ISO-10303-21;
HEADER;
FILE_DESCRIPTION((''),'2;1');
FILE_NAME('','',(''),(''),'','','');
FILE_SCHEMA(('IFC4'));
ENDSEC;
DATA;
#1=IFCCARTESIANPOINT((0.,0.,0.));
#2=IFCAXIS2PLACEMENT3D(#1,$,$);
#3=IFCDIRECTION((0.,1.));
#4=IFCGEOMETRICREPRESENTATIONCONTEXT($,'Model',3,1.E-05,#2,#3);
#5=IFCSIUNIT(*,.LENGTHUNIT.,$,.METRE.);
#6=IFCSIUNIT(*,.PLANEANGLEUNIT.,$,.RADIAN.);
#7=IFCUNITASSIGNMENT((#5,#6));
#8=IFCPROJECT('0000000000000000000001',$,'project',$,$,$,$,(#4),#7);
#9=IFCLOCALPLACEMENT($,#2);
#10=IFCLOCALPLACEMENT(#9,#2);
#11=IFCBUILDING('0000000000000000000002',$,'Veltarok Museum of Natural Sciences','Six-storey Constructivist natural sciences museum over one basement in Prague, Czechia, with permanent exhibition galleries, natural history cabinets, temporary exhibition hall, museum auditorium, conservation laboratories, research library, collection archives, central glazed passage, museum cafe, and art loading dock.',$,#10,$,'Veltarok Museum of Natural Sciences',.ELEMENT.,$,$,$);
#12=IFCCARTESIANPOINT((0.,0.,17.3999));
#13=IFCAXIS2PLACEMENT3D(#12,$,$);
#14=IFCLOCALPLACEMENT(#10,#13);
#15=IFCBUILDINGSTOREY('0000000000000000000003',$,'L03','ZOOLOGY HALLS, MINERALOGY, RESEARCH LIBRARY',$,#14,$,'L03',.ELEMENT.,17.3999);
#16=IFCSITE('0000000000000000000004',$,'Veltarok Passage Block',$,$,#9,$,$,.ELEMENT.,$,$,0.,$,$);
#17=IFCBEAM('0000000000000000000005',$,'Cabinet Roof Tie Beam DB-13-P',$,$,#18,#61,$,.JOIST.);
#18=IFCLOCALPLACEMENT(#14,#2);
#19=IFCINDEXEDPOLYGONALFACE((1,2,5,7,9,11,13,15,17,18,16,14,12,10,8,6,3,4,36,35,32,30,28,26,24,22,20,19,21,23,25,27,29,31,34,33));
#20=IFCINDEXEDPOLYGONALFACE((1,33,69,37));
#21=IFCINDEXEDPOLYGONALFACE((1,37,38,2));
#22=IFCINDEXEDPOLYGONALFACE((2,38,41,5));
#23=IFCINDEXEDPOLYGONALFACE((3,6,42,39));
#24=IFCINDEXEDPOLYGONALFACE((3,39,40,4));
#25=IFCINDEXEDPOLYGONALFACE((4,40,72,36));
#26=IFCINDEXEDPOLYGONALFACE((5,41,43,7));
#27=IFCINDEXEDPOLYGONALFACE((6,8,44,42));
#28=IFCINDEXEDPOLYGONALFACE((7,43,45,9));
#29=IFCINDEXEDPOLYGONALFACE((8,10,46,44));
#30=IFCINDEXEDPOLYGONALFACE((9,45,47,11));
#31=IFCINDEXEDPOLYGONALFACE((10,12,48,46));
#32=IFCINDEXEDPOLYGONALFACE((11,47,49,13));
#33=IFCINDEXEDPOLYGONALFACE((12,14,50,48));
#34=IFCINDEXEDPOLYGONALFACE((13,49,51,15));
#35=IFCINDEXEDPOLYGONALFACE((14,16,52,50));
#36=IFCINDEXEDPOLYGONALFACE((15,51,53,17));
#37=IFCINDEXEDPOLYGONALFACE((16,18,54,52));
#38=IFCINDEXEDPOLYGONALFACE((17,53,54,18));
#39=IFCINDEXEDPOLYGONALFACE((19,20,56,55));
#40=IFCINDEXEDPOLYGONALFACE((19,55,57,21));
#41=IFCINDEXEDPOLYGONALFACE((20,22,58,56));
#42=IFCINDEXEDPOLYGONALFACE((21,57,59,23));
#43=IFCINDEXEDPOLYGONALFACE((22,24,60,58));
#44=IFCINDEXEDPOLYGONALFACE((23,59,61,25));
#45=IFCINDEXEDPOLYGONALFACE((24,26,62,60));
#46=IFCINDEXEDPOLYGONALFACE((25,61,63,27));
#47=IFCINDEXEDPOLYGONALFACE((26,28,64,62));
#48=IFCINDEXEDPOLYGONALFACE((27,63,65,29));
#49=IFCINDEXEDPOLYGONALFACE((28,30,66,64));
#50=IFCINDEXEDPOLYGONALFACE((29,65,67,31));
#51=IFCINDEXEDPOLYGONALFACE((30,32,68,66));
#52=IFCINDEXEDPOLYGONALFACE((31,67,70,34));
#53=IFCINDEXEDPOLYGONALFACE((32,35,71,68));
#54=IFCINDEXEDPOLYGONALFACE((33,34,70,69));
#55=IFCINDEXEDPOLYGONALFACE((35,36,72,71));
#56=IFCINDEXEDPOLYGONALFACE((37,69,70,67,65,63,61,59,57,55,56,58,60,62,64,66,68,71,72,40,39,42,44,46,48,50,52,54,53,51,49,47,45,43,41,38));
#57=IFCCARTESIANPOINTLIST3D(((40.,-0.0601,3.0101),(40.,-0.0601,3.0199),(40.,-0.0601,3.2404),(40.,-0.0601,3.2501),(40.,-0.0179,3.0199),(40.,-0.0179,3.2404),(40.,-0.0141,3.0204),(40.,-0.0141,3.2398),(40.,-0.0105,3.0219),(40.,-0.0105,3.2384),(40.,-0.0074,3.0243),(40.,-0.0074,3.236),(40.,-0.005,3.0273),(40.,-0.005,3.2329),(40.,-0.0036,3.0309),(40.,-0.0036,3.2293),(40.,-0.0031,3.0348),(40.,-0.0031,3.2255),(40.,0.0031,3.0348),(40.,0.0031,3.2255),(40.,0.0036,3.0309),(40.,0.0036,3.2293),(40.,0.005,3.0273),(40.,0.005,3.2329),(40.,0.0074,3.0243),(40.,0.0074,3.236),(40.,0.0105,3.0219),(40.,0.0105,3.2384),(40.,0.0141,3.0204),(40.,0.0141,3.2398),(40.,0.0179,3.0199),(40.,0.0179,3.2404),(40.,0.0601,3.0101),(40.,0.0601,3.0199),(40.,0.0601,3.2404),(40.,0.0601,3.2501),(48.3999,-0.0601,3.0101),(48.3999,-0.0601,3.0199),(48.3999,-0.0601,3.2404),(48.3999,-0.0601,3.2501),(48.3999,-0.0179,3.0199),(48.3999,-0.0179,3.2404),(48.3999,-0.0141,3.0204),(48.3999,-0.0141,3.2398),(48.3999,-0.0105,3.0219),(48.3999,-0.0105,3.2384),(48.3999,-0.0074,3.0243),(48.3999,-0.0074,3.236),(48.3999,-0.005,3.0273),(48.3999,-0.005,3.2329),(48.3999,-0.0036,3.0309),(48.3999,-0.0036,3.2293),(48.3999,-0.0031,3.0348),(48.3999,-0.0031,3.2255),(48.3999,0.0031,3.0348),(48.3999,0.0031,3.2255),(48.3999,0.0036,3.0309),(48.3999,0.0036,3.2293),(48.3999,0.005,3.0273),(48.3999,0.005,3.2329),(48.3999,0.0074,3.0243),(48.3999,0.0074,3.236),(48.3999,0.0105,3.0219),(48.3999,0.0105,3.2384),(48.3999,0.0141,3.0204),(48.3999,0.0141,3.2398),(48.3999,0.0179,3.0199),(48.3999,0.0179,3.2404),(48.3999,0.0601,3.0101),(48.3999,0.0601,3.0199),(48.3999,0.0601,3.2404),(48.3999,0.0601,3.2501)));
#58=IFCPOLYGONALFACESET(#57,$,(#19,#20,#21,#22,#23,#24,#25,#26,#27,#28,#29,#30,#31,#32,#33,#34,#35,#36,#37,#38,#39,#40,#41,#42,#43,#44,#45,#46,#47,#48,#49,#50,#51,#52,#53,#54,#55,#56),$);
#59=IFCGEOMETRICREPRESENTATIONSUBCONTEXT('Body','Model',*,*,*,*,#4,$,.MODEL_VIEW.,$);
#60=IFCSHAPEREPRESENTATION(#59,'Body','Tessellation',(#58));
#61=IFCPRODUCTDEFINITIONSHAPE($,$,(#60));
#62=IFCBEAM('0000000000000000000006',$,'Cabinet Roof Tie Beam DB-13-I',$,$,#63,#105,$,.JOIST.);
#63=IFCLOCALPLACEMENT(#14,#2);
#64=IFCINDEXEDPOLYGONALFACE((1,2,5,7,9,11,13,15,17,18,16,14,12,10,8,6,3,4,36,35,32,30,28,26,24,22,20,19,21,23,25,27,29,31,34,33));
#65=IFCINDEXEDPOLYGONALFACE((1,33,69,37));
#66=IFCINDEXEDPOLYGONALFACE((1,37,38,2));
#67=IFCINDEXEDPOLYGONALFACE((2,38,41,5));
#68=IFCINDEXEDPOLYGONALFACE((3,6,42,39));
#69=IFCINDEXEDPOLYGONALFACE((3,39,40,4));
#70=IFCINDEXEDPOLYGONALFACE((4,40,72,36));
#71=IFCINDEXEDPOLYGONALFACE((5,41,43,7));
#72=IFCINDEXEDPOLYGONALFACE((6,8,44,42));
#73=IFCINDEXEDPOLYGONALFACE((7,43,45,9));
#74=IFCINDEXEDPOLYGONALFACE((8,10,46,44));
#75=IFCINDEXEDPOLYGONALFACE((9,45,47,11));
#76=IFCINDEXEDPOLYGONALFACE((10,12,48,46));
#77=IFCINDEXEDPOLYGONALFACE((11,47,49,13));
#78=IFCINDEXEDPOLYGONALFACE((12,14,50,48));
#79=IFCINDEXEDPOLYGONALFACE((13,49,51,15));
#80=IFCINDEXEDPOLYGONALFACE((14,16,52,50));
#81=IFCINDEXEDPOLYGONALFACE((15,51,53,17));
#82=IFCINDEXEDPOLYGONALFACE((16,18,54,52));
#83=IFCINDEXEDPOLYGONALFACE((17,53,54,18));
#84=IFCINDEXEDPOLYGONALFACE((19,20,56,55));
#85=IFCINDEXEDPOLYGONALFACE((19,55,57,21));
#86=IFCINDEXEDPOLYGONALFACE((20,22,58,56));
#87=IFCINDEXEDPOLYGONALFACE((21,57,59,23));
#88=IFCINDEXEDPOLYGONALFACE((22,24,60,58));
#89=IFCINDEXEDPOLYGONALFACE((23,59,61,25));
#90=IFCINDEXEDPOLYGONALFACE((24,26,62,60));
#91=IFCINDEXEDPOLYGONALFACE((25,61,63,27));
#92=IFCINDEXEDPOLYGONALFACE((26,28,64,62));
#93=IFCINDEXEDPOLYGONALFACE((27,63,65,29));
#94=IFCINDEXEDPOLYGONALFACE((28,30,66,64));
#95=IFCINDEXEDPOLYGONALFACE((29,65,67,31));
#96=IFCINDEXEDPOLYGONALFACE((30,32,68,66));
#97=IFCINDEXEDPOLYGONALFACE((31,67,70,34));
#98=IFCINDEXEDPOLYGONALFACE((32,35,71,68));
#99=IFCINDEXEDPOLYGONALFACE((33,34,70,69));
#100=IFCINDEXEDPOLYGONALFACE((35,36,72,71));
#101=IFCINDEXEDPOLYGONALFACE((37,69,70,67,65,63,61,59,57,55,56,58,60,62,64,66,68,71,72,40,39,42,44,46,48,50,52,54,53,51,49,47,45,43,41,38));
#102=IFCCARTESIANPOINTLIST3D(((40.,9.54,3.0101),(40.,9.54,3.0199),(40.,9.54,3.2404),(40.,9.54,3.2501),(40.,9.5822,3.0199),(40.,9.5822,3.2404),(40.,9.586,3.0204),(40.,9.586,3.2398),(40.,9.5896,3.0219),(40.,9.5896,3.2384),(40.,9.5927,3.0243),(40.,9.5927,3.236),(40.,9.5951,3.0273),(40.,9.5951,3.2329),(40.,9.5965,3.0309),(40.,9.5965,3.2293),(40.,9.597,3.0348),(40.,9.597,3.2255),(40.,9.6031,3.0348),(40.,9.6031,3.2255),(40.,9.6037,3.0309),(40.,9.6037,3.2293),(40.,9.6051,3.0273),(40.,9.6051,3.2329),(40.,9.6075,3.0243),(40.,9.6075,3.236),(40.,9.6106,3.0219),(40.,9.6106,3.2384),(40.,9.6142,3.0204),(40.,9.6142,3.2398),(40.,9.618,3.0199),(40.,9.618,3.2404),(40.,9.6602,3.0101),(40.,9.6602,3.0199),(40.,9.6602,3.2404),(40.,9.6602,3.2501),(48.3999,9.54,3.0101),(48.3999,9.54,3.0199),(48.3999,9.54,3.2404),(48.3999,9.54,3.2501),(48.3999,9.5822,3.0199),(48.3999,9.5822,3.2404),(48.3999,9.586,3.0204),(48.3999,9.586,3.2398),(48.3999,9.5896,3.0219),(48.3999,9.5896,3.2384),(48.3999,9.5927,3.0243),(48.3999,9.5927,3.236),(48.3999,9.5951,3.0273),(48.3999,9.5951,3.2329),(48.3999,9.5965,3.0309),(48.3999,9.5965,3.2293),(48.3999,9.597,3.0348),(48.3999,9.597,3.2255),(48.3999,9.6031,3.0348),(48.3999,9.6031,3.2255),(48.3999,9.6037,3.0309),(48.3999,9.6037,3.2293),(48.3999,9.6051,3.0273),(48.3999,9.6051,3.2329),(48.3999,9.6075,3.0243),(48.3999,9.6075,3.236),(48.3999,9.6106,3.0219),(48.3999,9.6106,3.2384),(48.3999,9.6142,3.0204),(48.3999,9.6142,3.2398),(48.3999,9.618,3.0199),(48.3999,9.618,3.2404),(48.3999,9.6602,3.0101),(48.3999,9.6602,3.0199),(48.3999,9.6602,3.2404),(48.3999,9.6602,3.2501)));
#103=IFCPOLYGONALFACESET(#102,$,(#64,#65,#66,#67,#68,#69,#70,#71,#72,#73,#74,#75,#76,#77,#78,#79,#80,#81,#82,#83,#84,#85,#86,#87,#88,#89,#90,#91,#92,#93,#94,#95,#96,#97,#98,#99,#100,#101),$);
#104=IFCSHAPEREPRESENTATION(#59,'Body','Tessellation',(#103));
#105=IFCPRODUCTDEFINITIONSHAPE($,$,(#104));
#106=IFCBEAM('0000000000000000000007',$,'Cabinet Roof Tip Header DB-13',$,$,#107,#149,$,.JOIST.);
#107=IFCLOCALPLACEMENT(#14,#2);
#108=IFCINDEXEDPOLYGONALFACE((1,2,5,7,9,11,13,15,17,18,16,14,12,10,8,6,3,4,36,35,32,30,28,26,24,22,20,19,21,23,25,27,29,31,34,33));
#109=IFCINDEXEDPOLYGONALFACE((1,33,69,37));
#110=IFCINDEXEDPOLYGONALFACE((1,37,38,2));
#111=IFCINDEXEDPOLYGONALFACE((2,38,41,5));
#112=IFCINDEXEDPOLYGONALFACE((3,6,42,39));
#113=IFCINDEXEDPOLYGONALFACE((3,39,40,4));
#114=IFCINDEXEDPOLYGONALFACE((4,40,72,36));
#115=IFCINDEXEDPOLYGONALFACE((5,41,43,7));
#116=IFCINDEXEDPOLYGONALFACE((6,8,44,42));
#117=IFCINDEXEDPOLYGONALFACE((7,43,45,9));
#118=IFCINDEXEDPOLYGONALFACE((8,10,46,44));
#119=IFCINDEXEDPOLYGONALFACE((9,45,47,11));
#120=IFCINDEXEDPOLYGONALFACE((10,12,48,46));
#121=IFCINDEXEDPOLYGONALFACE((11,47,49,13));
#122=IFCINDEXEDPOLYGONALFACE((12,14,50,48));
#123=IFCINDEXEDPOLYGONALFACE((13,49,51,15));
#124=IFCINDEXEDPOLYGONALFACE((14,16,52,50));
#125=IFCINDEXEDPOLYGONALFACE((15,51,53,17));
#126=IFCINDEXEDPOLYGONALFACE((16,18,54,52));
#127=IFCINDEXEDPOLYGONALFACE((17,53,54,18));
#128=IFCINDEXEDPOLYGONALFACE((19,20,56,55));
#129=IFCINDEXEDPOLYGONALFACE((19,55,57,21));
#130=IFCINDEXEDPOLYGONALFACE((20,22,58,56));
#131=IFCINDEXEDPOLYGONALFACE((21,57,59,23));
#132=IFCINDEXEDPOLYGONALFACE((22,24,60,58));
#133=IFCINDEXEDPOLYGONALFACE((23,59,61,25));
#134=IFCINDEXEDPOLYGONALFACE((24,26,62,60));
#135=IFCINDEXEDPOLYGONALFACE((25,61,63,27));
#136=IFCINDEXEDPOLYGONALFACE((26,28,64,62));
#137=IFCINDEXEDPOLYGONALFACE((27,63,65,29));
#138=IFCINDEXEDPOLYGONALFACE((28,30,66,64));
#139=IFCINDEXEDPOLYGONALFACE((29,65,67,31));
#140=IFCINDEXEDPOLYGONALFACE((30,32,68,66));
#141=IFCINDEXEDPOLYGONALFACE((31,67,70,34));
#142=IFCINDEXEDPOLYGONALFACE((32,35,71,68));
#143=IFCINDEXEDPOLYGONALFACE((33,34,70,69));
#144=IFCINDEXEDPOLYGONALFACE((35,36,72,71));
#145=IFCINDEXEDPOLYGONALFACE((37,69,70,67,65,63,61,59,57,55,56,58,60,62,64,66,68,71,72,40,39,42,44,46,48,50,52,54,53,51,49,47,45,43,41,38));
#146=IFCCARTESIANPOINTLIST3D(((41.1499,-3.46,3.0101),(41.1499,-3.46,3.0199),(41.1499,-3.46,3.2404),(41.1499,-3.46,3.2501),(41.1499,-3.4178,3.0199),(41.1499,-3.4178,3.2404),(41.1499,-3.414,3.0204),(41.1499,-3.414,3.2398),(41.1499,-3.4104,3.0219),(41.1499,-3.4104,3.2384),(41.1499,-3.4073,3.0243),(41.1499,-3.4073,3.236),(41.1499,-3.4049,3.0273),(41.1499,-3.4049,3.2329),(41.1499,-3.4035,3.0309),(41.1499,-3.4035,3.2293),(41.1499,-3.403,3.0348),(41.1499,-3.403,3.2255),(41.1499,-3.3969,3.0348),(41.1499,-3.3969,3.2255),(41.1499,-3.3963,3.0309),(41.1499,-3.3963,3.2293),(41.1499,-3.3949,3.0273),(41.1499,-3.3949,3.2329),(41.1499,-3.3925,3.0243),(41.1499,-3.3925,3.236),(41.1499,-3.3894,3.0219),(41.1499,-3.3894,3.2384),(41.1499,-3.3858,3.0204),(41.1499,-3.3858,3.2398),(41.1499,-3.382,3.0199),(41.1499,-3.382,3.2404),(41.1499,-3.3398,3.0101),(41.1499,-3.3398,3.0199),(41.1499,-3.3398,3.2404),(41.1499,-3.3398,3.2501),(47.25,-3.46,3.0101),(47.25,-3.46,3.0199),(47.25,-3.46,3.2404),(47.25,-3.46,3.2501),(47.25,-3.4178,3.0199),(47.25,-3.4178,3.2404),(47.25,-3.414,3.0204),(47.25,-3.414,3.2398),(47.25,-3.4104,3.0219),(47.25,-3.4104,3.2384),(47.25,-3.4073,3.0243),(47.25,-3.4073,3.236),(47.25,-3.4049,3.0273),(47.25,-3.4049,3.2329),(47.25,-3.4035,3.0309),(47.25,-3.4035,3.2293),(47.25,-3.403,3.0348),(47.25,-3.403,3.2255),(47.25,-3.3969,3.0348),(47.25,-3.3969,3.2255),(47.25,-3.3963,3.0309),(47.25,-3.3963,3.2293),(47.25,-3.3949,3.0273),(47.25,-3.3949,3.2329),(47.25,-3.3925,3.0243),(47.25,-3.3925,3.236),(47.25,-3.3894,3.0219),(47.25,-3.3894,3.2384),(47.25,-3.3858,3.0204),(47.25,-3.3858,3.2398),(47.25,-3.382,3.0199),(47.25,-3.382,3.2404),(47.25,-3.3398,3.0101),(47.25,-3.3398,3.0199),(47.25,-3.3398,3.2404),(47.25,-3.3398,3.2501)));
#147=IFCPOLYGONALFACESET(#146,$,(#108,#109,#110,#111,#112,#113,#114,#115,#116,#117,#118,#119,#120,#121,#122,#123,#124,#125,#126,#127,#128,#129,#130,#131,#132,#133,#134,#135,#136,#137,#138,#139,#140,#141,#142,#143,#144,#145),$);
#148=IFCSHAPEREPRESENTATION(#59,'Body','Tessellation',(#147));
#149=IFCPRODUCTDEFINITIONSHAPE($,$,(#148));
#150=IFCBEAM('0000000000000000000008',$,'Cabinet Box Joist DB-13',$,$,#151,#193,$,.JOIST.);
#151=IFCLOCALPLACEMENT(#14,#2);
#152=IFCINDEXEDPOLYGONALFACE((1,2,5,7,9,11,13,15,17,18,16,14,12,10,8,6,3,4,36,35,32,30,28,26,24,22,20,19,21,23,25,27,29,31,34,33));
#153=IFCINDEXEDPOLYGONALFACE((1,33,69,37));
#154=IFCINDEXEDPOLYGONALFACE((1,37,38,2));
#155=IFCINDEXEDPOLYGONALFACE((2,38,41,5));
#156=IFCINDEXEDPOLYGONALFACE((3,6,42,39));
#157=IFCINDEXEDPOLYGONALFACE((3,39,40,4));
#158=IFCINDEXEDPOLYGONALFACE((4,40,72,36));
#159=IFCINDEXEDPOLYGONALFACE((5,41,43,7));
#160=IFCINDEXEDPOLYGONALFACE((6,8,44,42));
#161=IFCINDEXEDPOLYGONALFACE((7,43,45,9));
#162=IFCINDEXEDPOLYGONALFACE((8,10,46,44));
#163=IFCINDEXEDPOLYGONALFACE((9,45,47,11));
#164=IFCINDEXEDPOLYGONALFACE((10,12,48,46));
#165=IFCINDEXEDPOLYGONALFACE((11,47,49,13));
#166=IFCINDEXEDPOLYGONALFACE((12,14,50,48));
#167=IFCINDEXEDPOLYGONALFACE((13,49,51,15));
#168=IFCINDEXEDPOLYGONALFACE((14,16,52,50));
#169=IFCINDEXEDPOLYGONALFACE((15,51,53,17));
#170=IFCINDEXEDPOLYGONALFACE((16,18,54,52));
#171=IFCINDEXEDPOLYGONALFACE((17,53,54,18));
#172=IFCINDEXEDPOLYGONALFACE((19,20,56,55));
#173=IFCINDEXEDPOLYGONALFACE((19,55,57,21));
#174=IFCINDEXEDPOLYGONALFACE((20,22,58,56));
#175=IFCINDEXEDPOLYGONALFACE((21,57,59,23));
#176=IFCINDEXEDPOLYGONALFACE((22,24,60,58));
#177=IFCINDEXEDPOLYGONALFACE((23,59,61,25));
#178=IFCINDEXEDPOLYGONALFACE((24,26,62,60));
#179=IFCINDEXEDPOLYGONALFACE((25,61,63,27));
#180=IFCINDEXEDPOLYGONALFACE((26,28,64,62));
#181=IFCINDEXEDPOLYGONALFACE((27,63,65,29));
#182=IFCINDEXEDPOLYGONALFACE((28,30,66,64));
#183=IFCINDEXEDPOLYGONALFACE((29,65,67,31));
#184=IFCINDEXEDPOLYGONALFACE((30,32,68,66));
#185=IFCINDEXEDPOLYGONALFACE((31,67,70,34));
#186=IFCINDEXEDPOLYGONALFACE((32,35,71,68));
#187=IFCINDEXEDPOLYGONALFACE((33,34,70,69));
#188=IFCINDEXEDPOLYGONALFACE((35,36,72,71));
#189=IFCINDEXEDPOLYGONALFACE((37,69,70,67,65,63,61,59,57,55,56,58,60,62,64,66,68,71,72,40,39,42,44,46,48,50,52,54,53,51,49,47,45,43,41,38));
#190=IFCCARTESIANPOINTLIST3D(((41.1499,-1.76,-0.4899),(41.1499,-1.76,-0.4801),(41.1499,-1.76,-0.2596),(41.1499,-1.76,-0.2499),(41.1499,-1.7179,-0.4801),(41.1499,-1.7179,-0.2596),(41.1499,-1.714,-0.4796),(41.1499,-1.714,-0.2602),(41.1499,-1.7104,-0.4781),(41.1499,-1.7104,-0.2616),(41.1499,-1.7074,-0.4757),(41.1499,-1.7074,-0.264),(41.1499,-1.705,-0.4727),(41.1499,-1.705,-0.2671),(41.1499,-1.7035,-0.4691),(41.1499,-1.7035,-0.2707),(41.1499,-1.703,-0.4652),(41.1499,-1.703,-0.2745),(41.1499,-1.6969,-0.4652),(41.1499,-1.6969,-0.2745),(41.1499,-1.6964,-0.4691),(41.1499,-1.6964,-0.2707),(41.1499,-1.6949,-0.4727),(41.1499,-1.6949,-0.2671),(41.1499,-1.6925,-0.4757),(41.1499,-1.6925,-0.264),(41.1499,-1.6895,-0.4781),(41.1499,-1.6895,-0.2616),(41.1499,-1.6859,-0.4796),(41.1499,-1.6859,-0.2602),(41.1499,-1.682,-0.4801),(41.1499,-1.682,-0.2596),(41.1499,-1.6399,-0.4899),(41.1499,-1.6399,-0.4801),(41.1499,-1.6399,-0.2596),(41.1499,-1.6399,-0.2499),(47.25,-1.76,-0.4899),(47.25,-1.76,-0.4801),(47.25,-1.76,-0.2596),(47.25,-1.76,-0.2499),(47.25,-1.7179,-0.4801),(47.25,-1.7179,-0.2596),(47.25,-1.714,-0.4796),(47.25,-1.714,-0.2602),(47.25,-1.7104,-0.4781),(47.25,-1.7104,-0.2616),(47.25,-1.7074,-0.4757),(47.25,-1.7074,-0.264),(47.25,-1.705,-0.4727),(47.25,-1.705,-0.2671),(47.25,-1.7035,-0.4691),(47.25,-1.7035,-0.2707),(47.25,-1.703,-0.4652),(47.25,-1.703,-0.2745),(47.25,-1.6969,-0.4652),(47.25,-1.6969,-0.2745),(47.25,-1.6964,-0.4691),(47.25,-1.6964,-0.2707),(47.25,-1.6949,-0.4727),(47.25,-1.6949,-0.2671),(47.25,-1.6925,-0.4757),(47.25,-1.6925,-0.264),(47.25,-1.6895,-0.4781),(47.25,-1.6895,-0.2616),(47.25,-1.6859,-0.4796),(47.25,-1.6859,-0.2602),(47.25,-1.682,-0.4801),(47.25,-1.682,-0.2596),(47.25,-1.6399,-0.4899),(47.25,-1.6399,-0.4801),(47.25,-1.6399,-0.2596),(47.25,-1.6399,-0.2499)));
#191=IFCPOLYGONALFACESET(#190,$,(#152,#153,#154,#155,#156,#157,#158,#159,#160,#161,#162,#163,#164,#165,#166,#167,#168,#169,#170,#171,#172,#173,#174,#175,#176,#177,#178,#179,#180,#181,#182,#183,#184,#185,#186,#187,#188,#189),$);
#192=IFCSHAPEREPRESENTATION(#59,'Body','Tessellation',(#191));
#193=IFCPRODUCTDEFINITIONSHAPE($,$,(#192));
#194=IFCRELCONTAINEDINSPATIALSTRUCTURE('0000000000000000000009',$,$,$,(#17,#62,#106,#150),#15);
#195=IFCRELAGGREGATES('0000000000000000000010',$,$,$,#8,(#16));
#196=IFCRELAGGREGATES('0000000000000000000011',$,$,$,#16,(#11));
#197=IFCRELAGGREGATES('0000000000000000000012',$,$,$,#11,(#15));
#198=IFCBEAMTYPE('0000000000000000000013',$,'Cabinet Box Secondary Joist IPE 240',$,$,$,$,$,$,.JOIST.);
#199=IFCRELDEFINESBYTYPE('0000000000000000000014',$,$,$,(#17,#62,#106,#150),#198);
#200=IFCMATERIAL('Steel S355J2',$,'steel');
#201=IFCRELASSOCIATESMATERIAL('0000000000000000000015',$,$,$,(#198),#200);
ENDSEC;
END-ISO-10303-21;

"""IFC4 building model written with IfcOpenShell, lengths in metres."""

from ifc_helpers import new_model, si_unit, direction, frame, origin, origin_2d, place, context, subcontext, project, spatial, i_section, extrude, material, material_profile, profile_set, type_object, element, save


model = new_model("IFC4")

# Units and contexts
model_context = context("Model", 3, precision=1e-05, world=origin(), true_north=direction((0.0, 1.0)))
body_context = subcontext(model_context, "Body", "Model", "MODEL_VIEW")
ifc_project = project(units=[si_unit("LENGTHUNIT", "METRE"), si_unit("PLANEANGLEUNIT", "RADIAN")], contexts=[model_context])

# Site, building, storey
site_placement = place(None, origin())
site = spatial("IfcSite", under=ifc_project, at=site_placement, Name="Veltarok Passage Block", CompositionType="ELEMENT", RefElevation=0.0)
building_placement = place(site_placement, origin())
building = spatial("IfcBuilding", under=site, at=building_placement, Name="Veltarok Museum of Natural Sciences", Description="Six-storey Constructivist natural sciences museum over one basement in Prague, Czechia, with permanent exhibition galleries, natural history cabinets, temporary exhibition hall, museum auditorium, conservation laboratories, research library, collection archives, central glazed passage, museum cafe, and art loading dock.", LongName="Veltarok Museum of Natural Sciences", CompositionType="ELEMENT")
storey_placement = place(building_placement, frame((0.0, 0.0, 17.3999)))
storey = spatial("IfcBuildingStorey", under=building, at=storey_placement, Name="L03", Description="ZOOLOGY HALLS, MINERALOGY, RESEARCH LIBRARY", LongName="L03", CompositionType="ELEMENT", Elevation=17.3999)

# Shared definitions
ifc_material_1 = material(Name="Steel S355J2", Category="steel")

# Beams
ifc_material_profile_1 = material_profile(ifc_material_1, i_section(OverallWidth=0.1201, OverallDepth=0.24, WebThickness=0.0061, FlangeThickness=0.0098, FilletRadius=0.0149, at=origin_2d()), Name="IPE 240")
ifc_profile_set_1 = profile_set([ifc_material_profile_1], Name="Steel S355J2")
beam_type_1 = type_object("IfcBeamType", Name="Cabinet Box Secondary Joist IPE 240", PredefinedType="JOIST", material=ifc_profile_set_1)
for number, where, z_axis, x_axis, name in (
    (1, (40.0, 0.0, 3.1301), (1.0, 0.0, 0.0), (0.0, 1.0, 0.0), "Cabinet Roof Tie Beam DB-13-P"),
    (2, (40.0, 9.6001, 3.1301), (1.0, 0.0, 0.0), (0.0, 1.0, 0.0), "Cabinet Roof Tie Beam DB-13-I"),
):
    element("IfcBeam", number, at=place(storey_placement, frame(where, z_axis=z_axis, x_axis=x_axis)), inside=storey, type_object=beam_type_1, Name=name, PredefinedType="JOIST", context=body_context, shape_type="SweptSolid", body=[
        extrude(i_section(OverallWidth=0.1201, OverallDepth=0.24, WebThickness=0.0061, FlangeThickness=0.0098, FilletRadius=0.0149, at=origin_2d()), origin(), (0.0, 0.0, 1.0), 8.3999),
    ])
for number, where, z_axis, x_axis, name in (
    (3, (41.1499, -3.3999, 3.1301), (1.0, 0.0, 0.0), (0.0, 1.0, 0.0), "Cabinet Roof Tip Header DB-13"),
    (4, (41.1499, -1.7, -0.3699), (1.0, 0.0, 0.0), (0.0, 1.0, 0.0), "Cabinet Box Joist DB-13"),
):
    element("IfcBeam", number, at=place(storey_placement, frame(where, z_axis=z_axis, x_axis=x_axis)), inside=storey, type_object=beam_type_1, Name=name, PredefinedType="JOIST", context=body_context, shape_type="SweptSolid", body=[
        extrude(i_section(OverallWidth=0.1201, OverallDepth=0.24, WebThickness=0.0061, FlangeThickness=0.0098, FilletRadius=0.0149, at=origin_2d()), origin(), (0.0, 0.0, 1.0), 6.1001),
    ])

save(model, "model.ifc")
